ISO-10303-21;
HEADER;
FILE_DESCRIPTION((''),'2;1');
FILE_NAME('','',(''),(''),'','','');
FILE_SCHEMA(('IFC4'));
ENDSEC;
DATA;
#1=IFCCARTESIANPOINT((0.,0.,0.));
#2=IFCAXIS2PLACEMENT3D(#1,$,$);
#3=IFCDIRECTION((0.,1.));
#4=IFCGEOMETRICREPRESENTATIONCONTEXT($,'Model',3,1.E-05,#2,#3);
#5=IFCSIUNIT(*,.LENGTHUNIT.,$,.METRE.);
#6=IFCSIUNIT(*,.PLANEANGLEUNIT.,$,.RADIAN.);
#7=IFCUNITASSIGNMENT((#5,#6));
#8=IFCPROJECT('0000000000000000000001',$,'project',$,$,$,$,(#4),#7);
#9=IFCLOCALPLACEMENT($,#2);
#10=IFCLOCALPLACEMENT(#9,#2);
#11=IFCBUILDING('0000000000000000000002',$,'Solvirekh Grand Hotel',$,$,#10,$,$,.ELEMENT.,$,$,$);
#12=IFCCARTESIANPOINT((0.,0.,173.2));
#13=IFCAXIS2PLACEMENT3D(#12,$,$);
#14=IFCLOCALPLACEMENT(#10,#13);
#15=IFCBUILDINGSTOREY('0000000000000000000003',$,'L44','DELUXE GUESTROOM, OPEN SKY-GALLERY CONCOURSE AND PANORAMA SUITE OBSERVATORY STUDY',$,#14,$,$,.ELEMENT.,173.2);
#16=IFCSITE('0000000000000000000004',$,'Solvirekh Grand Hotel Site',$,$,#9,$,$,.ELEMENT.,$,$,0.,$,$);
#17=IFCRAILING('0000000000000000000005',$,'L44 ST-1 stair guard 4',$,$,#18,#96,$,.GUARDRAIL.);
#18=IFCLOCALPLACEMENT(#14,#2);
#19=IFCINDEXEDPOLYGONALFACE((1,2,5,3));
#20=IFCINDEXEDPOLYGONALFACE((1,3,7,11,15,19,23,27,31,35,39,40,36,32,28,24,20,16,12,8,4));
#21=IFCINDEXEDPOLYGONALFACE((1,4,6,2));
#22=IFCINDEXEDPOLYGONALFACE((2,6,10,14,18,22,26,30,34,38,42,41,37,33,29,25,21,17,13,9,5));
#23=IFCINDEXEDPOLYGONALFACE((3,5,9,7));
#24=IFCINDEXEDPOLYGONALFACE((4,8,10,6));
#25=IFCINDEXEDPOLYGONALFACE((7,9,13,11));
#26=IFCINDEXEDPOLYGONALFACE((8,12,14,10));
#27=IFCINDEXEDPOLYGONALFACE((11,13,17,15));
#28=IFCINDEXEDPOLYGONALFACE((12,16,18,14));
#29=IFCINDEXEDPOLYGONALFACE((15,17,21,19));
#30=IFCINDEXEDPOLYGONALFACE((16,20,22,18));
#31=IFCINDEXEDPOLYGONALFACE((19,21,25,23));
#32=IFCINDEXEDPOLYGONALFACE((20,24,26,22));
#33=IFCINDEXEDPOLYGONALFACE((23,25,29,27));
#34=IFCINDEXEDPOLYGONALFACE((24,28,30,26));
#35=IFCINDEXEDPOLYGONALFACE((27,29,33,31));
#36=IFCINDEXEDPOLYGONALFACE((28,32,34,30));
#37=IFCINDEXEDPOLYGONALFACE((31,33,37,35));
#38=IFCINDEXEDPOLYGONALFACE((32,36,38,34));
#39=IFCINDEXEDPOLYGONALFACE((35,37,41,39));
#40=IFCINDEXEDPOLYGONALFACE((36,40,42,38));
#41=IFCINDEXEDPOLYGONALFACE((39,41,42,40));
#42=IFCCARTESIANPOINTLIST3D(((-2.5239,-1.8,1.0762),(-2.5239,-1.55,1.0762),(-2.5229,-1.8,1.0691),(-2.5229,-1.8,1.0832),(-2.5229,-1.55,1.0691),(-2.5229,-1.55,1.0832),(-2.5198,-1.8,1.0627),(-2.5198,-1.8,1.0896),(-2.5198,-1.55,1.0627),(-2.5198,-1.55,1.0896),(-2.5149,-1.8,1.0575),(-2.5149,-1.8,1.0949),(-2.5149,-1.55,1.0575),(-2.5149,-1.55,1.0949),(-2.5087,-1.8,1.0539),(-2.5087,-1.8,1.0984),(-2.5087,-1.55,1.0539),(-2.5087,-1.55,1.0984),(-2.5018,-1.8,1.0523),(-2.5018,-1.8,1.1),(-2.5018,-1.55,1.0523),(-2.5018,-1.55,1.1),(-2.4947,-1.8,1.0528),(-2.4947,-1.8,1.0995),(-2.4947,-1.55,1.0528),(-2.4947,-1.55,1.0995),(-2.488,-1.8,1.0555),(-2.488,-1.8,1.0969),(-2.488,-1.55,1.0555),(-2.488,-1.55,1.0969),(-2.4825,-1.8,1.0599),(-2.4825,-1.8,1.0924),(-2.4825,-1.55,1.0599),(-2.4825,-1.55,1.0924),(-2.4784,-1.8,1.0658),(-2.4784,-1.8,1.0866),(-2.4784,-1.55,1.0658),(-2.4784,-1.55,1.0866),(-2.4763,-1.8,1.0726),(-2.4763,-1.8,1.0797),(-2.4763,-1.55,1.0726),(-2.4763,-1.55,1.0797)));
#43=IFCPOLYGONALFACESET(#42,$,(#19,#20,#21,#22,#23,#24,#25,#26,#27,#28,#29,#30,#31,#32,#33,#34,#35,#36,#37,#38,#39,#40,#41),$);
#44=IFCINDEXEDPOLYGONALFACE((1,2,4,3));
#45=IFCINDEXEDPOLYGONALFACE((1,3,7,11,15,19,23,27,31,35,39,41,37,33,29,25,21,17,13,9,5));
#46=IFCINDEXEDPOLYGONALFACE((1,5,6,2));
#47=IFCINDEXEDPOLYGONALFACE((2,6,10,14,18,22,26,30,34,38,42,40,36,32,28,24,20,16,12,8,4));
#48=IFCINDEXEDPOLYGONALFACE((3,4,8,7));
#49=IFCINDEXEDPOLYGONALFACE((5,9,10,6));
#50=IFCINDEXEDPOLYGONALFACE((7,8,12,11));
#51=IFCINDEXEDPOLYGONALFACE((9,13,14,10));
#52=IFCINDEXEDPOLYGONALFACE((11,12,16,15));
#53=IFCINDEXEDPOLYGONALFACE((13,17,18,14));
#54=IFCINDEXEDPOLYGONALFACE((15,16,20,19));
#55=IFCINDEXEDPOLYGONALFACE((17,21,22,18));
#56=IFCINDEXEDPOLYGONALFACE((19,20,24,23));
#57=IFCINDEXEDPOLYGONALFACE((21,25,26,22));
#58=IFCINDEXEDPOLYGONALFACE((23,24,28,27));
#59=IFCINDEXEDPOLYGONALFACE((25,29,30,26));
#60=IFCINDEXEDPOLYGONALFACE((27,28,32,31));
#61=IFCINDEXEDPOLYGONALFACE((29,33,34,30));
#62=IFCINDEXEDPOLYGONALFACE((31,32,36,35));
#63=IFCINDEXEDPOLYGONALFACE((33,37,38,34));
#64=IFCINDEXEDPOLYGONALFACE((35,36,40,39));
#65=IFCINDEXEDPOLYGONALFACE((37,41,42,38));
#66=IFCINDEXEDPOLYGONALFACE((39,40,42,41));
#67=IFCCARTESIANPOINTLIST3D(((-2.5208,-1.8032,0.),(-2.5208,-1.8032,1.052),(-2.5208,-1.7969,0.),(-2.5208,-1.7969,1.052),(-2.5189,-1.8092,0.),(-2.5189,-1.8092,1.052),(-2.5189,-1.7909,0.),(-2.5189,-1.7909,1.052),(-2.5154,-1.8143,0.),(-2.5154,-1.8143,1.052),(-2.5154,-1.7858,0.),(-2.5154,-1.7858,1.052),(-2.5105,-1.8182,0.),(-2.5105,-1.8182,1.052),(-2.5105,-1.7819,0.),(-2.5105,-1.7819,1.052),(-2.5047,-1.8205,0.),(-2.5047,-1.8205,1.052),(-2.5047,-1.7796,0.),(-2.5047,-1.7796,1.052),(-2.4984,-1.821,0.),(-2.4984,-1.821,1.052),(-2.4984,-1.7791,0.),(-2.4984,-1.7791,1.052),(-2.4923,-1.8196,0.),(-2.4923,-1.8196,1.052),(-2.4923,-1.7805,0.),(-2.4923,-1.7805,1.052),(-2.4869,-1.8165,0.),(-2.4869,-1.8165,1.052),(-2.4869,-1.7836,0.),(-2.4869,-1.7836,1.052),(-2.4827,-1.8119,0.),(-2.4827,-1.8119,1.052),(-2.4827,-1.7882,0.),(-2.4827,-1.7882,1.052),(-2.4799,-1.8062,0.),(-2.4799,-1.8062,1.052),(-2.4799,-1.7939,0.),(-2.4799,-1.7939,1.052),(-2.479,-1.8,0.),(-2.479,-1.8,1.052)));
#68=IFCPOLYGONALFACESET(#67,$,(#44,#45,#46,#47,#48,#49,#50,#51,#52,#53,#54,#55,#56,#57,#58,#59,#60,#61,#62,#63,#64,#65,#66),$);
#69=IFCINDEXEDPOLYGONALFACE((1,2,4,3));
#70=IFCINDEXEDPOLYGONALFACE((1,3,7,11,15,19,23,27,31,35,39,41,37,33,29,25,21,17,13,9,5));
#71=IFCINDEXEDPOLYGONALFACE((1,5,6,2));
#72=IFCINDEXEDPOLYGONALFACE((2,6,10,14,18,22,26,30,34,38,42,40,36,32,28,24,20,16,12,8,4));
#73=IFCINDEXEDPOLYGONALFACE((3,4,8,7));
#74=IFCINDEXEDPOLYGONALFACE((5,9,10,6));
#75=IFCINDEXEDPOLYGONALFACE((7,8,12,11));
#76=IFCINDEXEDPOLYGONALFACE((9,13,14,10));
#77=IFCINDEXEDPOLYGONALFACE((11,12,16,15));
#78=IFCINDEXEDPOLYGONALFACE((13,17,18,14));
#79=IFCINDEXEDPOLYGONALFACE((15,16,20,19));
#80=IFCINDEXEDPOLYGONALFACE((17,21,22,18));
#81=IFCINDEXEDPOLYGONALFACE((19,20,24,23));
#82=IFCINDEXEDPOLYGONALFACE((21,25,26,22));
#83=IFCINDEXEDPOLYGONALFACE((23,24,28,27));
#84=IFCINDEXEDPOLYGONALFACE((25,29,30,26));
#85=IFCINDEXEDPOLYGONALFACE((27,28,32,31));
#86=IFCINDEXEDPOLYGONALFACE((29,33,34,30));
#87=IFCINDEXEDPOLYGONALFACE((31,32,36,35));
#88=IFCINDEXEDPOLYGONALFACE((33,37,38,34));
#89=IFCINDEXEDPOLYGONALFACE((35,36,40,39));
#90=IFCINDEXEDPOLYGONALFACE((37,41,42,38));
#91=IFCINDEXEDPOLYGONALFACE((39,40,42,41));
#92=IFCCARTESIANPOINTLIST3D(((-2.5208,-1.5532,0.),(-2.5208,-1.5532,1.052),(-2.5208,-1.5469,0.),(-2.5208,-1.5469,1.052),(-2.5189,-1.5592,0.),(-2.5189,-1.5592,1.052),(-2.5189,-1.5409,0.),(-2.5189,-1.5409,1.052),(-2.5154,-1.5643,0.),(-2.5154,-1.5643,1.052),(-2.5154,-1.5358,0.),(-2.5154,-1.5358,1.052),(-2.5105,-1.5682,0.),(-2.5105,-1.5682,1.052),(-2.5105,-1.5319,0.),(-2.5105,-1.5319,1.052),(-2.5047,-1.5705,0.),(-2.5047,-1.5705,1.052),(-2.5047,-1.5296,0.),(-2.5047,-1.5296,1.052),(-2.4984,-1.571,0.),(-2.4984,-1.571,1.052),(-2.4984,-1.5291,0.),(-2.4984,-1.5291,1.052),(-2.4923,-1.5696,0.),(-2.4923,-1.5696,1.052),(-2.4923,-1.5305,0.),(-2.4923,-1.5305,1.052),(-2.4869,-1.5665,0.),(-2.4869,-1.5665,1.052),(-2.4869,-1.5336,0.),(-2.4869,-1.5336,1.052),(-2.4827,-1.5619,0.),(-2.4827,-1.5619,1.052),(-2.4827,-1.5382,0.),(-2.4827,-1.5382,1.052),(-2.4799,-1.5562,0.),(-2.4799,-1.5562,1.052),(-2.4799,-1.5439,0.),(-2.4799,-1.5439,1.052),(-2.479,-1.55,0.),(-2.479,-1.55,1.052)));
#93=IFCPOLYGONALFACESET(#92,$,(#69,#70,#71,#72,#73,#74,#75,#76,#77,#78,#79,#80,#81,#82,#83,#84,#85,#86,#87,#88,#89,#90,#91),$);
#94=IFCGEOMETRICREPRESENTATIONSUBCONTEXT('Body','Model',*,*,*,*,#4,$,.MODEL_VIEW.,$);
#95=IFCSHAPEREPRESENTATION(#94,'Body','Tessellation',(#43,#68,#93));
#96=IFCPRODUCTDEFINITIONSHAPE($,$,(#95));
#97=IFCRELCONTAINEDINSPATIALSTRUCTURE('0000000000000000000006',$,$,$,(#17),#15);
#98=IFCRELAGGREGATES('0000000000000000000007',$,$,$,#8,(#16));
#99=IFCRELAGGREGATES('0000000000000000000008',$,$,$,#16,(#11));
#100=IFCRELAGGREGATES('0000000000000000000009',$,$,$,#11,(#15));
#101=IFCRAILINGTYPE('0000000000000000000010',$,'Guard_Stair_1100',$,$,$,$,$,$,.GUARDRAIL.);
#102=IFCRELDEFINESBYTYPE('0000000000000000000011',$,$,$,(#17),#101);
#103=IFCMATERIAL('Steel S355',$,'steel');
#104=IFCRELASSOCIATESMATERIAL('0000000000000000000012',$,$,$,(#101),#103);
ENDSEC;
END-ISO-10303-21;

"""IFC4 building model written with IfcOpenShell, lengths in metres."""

from ifc_helpers import new_model, si_unit, direction, frame, origin, origin_2d, place, context, subcontext, project, spatial, circle, extrude, material, type_object, element, save


model = new_model("IFC4")

# Units and contexts
model_context = context("Model", 3, precision=1e-05, world=origin(), true_north=direction((0.0, 1.0)))
body_context = subcontext(model_context, "Body", "Model", "MODEL_VIEW")
ifc_project = project(units=[si_unit("LENGTHUNIT", "METRE"), si_unit("PLANEANGLEUNIT", "RADIAN")], contexts=[model_context])

# Site, building, storey
site_placement = place(None, origin())
site = spatial("IfcSite", under=ifc_project, at=site_placement, Name="Solvirekh Grand Hotel Site", CompositionType="ELEMENT", RefElevation=0.0)
building_placement = place(site_placement, origin())
building = spatial("IfcBuilding", under=site, at=building_placement, Name="Solvirekh Grand Hotel", CompositionType="ELEMENT")
storey_placement = place(building_placement, frame((0.0, 0.0, 173.2)))
storey = spatial("IfcBuildingStorey", under=building, at=storey_placement, Name="L44", Description="DELUXE GUESTROOM, OPEN SKY-GALLERY CONCOURSE AND PANORAMA SUITE OBSERVATORY STUDY", CompositionType="ELEMENT", Elevation=173.2)

# Shared definitions
ifc_material_1 = material(Name="Steel S355", Category="steel")

# Railing
railing_type_1 = type_object("IfcRailingType", Name="Guard_Stair_1100", PredefinedType="GUARDRAIL", material=ifc_material_1)
railing_1_placement = place(storey_placement, frame((-2.5, -1.8, 0.0)))
element("IfcRailing", 1, at=railing_1_placement, inside=storey, type_object=railing_type_1, Name="L44 ST-1 stair guard 4", PredefinedType="GUARDRAIL", context=body_context, shape_type="SweptSolid", body=[
    extrude(circle(Radius=0.0239, at=origin_2d()), frame((0.0, 0.0, 1.0762), z_axis=(0.0, 1.0, 0.0), x_axis=(-1.0, 0.0, 0.0)), (0.0, 0.0, 1.0), 0.25),
    extrude(circle(Radius=0.021, at=origin_2d()), origin(), (0.0, 0.0, 1.0), 1.052),
    extrude(circle(Radius=0.021, at=origin_2d()), frame((0.0, 0.25, 0.0)), (0.0, 0.0, 1.0), 1.052),
])

save(model, "model.ifc")
